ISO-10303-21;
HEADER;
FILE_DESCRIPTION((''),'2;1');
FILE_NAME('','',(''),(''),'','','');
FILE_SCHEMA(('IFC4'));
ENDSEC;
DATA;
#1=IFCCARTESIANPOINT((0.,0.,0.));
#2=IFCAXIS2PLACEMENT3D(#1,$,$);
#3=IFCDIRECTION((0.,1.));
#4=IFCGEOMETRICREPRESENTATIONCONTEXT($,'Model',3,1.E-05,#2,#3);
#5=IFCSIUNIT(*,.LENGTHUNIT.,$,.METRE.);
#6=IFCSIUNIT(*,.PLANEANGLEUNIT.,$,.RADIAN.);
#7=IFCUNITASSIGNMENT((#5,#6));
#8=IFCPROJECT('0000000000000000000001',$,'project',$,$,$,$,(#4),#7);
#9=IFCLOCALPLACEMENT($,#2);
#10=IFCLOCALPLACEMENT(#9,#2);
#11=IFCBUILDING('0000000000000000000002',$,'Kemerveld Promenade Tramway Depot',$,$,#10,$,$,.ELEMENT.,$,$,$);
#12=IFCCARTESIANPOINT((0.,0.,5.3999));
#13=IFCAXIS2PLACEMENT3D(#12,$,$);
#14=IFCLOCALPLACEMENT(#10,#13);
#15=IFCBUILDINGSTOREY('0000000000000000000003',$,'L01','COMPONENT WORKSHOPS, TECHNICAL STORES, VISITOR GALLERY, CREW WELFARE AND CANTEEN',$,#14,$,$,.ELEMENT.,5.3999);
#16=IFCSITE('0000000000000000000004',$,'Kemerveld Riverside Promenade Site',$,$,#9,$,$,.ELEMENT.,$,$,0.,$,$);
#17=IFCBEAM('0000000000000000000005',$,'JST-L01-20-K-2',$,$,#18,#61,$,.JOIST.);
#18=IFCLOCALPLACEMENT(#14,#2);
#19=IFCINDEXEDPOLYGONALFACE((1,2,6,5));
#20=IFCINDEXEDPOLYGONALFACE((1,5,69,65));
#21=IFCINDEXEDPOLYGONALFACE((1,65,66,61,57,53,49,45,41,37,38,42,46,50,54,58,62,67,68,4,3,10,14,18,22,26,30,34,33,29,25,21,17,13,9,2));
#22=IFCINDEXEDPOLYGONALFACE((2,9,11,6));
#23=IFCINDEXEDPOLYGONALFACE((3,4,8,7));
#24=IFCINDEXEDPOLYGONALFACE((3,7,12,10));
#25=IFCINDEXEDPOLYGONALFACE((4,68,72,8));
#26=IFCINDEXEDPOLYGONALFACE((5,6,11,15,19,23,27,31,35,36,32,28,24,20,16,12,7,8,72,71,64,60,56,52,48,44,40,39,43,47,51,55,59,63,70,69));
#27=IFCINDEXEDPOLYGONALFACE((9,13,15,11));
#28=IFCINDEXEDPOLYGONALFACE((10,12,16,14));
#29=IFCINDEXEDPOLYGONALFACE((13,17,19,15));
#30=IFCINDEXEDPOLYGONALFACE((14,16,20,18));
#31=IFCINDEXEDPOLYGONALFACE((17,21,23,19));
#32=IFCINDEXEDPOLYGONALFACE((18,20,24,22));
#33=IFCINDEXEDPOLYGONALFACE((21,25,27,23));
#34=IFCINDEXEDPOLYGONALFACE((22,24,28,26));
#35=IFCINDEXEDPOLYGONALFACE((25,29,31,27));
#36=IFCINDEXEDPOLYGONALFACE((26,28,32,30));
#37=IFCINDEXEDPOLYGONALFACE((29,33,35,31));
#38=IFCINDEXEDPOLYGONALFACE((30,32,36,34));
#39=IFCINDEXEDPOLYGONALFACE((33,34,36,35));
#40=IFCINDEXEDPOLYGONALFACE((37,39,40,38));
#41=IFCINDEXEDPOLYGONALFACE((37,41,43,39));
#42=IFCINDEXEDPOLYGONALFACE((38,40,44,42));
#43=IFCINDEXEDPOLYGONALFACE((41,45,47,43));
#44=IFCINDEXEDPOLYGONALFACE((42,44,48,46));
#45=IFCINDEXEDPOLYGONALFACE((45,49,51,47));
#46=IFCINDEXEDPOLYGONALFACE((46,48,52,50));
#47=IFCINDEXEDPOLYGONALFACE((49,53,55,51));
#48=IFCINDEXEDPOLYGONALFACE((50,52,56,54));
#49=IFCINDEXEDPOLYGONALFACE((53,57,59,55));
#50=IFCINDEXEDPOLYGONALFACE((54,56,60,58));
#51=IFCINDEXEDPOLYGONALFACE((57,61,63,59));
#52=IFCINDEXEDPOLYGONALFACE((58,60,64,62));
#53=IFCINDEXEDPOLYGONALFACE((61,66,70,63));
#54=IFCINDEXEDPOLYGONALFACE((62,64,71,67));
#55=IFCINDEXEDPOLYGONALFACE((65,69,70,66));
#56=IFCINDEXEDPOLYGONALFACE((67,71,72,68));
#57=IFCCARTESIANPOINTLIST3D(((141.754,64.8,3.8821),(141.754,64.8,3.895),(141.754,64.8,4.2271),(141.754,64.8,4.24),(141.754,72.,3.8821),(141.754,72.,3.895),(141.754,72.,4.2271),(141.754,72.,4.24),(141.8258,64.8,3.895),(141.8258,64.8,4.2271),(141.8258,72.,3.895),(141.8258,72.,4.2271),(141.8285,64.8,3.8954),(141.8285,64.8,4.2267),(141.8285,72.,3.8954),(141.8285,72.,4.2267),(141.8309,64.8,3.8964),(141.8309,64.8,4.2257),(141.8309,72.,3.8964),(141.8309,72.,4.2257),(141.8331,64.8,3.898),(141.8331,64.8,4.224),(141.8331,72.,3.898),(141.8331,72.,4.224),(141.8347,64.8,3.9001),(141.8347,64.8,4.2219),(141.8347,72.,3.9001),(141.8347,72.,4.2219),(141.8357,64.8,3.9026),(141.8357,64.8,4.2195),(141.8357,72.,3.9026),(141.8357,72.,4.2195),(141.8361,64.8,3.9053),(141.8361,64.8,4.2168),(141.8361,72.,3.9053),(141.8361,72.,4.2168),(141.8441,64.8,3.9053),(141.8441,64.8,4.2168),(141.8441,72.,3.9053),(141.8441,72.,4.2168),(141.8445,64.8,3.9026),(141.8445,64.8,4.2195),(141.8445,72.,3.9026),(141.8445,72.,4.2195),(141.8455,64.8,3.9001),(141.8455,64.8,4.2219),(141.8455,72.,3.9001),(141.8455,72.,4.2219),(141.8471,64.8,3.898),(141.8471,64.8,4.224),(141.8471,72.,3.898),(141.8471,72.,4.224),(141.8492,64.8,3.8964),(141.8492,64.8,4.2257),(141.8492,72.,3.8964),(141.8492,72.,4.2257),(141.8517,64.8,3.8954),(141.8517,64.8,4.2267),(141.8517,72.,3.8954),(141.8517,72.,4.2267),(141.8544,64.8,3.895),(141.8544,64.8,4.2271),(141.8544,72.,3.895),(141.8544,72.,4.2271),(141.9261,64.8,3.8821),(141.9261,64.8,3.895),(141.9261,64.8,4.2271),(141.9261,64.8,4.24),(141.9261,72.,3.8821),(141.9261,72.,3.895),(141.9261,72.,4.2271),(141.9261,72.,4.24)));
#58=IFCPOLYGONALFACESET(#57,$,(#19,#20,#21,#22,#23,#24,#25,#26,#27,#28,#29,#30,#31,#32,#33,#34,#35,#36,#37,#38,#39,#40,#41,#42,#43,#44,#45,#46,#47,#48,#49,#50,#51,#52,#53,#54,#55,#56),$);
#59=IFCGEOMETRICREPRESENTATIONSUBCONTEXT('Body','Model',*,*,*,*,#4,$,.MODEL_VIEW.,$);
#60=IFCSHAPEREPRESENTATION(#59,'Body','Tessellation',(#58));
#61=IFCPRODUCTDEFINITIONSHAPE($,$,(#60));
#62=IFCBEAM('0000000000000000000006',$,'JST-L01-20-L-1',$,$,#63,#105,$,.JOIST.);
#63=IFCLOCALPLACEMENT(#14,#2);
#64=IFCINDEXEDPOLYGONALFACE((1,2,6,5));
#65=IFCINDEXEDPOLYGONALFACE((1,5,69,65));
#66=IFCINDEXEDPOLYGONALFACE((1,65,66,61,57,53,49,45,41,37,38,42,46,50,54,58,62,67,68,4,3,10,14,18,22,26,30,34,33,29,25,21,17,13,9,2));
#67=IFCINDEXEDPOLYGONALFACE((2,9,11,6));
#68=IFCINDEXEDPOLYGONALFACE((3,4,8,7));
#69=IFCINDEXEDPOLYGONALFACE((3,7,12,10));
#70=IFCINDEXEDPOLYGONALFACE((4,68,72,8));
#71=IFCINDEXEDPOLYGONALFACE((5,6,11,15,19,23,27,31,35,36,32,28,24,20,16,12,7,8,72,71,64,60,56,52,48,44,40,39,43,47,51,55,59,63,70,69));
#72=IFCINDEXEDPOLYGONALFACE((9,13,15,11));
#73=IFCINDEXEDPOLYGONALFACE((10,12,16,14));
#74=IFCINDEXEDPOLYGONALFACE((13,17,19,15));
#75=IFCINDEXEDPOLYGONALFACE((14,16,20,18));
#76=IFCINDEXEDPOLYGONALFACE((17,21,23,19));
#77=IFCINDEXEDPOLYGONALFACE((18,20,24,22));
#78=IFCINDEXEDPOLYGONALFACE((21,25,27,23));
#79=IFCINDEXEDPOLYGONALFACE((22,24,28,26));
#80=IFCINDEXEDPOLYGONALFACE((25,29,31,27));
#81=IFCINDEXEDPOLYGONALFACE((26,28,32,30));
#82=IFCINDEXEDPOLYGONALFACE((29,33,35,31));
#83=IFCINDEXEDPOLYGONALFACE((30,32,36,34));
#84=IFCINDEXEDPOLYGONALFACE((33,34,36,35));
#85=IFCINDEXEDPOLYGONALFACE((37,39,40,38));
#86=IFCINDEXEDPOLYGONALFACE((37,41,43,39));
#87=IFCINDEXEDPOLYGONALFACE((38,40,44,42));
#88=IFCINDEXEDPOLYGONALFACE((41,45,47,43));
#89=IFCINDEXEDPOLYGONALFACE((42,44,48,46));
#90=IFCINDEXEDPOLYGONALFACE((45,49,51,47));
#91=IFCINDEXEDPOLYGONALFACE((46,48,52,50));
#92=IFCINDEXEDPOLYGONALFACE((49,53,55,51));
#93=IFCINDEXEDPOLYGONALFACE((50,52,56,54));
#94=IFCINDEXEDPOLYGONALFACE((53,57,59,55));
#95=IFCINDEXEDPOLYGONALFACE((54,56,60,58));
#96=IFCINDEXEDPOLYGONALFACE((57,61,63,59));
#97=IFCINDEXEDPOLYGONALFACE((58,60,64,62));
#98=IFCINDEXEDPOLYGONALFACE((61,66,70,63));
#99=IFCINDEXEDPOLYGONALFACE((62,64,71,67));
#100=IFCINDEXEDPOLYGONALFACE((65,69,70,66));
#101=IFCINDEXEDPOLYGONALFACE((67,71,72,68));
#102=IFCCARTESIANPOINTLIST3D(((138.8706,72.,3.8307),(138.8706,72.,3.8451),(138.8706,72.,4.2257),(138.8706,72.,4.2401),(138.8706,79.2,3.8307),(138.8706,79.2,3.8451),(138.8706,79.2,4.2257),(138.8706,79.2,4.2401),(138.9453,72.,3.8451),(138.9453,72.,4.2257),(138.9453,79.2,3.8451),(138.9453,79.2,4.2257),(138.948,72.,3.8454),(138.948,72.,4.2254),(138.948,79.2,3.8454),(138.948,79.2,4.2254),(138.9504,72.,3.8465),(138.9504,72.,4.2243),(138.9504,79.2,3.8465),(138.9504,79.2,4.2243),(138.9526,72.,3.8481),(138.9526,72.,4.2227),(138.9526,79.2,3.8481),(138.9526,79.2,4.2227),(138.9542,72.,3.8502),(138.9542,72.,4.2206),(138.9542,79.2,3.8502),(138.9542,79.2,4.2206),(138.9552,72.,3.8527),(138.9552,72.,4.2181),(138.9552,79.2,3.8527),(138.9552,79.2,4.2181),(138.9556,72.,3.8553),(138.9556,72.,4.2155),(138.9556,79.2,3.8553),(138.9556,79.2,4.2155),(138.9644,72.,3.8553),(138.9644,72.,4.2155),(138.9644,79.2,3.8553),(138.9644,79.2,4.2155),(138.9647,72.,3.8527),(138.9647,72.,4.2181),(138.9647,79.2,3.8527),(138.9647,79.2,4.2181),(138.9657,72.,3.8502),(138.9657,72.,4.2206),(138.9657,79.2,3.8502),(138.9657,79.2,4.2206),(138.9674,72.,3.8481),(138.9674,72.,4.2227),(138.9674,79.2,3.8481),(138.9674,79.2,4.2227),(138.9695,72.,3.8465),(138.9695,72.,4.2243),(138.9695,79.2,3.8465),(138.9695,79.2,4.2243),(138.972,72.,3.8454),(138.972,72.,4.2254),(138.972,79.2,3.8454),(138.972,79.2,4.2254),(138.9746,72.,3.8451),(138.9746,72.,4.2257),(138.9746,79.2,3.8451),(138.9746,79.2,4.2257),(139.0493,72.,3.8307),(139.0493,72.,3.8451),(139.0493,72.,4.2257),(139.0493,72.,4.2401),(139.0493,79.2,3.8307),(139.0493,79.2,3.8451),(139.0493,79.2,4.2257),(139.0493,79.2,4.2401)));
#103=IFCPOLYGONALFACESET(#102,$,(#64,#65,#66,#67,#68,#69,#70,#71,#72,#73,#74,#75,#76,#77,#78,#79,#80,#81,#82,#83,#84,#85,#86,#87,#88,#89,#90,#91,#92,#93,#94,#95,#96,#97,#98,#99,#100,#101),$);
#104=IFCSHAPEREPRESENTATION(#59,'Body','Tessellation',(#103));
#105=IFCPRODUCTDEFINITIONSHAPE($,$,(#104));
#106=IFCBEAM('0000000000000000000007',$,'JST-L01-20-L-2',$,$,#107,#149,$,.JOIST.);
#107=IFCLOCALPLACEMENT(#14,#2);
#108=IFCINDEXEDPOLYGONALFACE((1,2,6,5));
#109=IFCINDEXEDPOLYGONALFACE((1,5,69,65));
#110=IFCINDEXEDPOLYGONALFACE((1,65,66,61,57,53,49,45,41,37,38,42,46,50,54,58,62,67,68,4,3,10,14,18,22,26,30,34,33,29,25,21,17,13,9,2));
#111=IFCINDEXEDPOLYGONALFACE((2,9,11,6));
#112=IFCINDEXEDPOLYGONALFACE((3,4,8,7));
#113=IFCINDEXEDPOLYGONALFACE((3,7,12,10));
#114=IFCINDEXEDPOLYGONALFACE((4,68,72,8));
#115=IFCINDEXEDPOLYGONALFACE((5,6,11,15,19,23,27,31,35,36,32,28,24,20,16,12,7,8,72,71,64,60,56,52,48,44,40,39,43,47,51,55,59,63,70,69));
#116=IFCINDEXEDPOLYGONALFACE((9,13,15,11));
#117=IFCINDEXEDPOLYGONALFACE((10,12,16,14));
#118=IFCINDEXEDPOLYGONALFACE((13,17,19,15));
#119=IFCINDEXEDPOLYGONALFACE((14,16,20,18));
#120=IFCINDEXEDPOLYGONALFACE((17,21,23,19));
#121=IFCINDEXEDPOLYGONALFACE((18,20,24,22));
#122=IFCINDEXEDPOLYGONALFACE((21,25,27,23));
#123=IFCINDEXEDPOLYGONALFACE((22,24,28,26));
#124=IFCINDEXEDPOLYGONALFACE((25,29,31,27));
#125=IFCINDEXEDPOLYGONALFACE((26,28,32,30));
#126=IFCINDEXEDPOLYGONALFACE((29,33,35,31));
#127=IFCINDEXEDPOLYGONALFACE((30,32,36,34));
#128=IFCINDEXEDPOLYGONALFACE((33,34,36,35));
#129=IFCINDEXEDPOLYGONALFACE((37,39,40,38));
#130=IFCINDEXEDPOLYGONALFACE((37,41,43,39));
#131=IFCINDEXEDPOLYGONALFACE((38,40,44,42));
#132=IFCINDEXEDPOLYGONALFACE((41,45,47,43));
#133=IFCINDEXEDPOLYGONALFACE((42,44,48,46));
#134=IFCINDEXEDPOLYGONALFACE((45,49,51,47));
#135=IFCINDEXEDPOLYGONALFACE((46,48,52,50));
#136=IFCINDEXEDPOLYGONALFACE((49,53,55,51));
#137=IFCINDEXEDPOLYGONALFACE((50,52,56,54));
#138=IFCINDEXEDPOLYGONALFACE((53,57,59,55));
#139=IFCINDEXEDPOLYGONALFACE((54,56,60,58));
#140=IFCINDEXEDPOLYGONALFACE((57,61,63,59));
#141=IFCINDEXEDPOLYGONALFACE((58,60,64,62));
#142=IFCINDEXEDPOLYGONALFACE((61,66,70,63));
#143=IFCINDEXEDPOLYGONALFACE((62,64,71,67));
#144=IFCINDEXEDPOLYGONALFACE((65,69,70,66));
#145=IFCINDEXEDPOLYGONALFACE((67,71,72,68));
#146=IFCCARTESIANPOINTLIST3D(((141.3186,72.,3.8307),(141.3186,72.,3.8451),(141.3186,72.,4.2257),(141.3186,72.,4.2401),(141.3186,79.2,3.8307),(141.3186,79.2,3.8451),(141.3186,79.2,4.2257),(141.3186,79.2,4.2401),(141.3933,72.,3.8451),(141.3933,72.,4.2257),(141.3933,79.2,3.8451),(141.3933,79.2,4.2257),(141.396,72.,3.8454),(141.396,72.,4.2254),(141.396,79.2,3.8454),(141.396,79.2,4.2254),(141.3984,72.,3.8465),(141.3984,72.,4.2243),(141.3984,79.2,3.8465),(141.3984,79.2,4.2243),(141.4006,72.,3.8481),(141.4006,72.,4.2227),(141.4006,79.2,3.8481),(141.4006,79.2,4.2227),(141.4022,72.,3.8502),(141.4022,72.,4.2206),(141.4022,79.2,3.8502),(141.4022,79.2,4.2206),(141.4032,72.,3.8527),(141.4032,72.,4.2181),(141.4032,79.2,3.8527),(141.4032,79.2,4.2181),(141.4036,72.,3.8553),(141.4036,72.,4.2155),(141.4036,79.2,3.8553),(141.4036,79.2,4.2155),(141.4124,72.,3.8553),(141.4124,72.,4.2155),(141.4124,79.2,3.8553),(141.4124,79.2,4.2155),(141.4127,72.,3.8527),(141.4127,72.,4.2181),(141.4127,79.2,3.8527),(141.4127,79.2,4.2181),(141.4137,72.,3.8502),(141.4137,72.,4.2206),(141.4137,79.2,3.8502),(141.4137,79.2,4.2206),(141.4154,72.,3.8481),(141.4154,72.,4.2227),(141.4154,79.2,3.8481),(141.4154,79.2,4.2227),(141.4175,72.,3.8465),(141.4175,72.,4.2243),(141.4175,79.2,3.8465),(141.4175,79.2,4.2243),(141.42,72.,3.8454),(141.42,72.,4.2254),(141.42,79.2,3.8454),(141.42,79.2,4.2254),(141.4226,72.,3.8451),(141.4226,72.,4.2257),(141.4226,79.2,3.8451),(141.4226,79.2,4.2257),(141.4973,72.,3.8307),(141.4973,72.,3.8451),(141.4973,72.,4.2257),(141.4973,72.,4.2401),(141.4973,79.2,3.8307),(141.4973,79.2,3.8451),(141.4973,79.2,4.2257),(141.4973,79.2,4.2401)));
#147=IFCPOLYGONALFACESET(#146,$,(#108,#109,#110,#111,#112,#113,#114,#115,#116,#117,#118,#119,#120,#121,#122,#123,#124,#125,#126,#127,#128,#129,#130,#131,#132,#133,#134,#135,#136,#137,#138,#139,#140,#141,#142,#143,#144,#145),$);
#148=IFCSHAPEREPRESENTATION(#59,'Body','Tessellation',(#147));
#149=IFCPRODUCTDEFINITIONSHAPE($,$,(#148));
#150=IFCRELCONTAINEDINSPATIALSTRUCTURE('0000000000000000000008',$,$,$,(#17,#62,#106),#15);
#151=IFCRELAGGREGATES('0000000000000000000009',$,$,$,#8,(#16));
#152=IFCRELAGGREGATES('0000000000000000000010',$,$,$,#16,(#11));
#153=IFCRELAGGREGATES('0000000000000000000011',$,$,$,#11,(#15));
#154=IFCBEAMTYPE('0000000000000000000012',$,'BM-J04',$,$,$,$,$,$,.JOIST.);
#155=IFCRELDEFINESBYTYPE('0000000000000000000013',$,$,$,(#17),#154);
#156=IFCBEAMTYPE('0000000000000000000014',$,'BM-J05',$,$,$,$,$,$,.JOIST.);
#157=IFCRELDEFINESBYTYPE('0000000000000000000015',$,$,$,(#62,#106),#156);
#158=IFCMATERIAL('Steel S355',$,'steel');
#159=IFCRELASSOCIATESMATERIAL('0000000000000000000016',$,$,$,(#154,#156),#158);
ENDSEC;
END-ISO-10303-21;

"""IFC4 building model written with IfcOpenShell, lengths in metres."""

from ifc_helpers import new_model, si_unit, direction, frame, origin, origin_2d, place, context, subcontext, project, spatial, i_section, extrude, material, material_profile, profile_set, type_object, element, save


model = new_model("IFC4")

# Units and contexts
model_context = context("Model", 3, precision=1e-05, world=origin(), true_north=direction((0.0, 1.0)))
body_context = subcontext(model_context, "Body", "Model", "MODEL_VIEW")
ifc_project = project(units=[si_unit("LENGTHUNIT", "METRE"), si_unit("PLANEANGLEUNIT", "RADIAN")], contexts=[model_context])

# Site, building, storey
site_placement = place(None, origin())
site = spatial("IfcSite", under=ifc_project, at=site_placement, Name="Kemerveld Riverside Promenade Site", CompositionType="ELEMENT", RefElevation=0.0)
building_placement = place(site_placement, origin())
building = spatial("IfcBuilding", under=site, at=building_placement, Name="Kemerveld Promenade Tramway Depot", CompositionType="ELEMENT")
storey_placement = place(building_placement, frame((0.0, 0.0, 5.3999)))
storey = spatial("IfcBuildingStorey", under=building, at=storey_placement, Name="L01", Description="COMPONENT WORKSHOPS, TECHNICAL STORES, VISITOR GALLERY, CREW WELFARE AND CANTEEN", CompositionType="ELEMENT", Elevation=5.3999)

# Beams
ifc_material_1 = material(Name="Steel S355", Category="steel")
ifc_material_profile_1 = material_profile(ifc_material_1, i_section(OverallWidth=0.1721, OverallDepth=0.3579, WebThickness=0.0081, FlangeThickness=0.0129, FilletRadius=0.0103, at=origin_2d()), Name="356x171x57 UB")
ifc_profile_set_1 = profile_set([ifc_material_profile_1], Name="Steel S355")
beam_type_1 = type_object("IfcBeamType", Name="BM-J04", PredefinedType="JOIST", material=ifc_profile_set_1)
for number, where, z_axis, x_axis, name in (
    (1, (141.8401, 64.8, 4.061), (0.0, 1.0, 0.0), (-1.0, 0.0, 0.0), "JST-L01-20-K-2"),
):
    element("IfcBeam", number, at=place(storey_placement, frame(where, z_axis=z_axis, x_axis=x_axis)), inside=storey, type_object=beam_type_1, Name=name, PredefinedType="JOIST", context=body_context, shape_type="SweptSolid", body=[
        extrude(i_section(OverallWidth=0.1721, OverallDepth=0.3579, WebThickness=0.0081, FlangeThickness=0.0129, FilletRadius=0.0103, at=origin_2d()), origin(), (0.0, 0.0, 1.0), 7.2),
    ])
ifc_material_profile_2 = material_profile(ifc_material_1, i_section(OverallWidth=0.1787, OverallDepth=0.4094, WebThickness=0.0088, FlangeThickness=0.0144, FilletRadius=0.0103, at=origin_2d()), Name="406x178x67 UB")
ifc_profile_set_2 = profile_set([ifc_material_profile_2], Name="Steel S355")
beam_type_2 = type_object("IfcBeamType", Name="BM-J05", PredefinedType="JOIST", material=ifc_profile_set_2)
for number, where, z_axis, x_axis, name in (
    (2, (138.96, 72.0, 4.0354), (0.0, 1.0, 0.0), (-1.0, 0.0, 0.0), "JST-L01-20-L-1"),
    (3, (141.408, 72.0, 4.0354), (0.0, 1.0, 0.0), (-1.0, 0.0, 0.0), "JST-L01-20-L-2"),
):
    element("IfcBeam", number, at=place(storey_placement, frame(where, z_axis=z_axis, x_axis=x_axis)), inside=storey, type_object=beam_type_2, Name=name, PredefinedType="JOIST", context=body_context, shape_type="SweptSolid", body=[
        extrude(i_section(OverallWidth=0.1787, OverallDepth=0.4094, WebThickness=0.0088, FlangeThickness=0.0144, FilletRadius=0.0103, at=origin_2d()), origin(), (0.0, 0.0, 1.0), 7.2),
    ])

save(model, "model.ifc")
